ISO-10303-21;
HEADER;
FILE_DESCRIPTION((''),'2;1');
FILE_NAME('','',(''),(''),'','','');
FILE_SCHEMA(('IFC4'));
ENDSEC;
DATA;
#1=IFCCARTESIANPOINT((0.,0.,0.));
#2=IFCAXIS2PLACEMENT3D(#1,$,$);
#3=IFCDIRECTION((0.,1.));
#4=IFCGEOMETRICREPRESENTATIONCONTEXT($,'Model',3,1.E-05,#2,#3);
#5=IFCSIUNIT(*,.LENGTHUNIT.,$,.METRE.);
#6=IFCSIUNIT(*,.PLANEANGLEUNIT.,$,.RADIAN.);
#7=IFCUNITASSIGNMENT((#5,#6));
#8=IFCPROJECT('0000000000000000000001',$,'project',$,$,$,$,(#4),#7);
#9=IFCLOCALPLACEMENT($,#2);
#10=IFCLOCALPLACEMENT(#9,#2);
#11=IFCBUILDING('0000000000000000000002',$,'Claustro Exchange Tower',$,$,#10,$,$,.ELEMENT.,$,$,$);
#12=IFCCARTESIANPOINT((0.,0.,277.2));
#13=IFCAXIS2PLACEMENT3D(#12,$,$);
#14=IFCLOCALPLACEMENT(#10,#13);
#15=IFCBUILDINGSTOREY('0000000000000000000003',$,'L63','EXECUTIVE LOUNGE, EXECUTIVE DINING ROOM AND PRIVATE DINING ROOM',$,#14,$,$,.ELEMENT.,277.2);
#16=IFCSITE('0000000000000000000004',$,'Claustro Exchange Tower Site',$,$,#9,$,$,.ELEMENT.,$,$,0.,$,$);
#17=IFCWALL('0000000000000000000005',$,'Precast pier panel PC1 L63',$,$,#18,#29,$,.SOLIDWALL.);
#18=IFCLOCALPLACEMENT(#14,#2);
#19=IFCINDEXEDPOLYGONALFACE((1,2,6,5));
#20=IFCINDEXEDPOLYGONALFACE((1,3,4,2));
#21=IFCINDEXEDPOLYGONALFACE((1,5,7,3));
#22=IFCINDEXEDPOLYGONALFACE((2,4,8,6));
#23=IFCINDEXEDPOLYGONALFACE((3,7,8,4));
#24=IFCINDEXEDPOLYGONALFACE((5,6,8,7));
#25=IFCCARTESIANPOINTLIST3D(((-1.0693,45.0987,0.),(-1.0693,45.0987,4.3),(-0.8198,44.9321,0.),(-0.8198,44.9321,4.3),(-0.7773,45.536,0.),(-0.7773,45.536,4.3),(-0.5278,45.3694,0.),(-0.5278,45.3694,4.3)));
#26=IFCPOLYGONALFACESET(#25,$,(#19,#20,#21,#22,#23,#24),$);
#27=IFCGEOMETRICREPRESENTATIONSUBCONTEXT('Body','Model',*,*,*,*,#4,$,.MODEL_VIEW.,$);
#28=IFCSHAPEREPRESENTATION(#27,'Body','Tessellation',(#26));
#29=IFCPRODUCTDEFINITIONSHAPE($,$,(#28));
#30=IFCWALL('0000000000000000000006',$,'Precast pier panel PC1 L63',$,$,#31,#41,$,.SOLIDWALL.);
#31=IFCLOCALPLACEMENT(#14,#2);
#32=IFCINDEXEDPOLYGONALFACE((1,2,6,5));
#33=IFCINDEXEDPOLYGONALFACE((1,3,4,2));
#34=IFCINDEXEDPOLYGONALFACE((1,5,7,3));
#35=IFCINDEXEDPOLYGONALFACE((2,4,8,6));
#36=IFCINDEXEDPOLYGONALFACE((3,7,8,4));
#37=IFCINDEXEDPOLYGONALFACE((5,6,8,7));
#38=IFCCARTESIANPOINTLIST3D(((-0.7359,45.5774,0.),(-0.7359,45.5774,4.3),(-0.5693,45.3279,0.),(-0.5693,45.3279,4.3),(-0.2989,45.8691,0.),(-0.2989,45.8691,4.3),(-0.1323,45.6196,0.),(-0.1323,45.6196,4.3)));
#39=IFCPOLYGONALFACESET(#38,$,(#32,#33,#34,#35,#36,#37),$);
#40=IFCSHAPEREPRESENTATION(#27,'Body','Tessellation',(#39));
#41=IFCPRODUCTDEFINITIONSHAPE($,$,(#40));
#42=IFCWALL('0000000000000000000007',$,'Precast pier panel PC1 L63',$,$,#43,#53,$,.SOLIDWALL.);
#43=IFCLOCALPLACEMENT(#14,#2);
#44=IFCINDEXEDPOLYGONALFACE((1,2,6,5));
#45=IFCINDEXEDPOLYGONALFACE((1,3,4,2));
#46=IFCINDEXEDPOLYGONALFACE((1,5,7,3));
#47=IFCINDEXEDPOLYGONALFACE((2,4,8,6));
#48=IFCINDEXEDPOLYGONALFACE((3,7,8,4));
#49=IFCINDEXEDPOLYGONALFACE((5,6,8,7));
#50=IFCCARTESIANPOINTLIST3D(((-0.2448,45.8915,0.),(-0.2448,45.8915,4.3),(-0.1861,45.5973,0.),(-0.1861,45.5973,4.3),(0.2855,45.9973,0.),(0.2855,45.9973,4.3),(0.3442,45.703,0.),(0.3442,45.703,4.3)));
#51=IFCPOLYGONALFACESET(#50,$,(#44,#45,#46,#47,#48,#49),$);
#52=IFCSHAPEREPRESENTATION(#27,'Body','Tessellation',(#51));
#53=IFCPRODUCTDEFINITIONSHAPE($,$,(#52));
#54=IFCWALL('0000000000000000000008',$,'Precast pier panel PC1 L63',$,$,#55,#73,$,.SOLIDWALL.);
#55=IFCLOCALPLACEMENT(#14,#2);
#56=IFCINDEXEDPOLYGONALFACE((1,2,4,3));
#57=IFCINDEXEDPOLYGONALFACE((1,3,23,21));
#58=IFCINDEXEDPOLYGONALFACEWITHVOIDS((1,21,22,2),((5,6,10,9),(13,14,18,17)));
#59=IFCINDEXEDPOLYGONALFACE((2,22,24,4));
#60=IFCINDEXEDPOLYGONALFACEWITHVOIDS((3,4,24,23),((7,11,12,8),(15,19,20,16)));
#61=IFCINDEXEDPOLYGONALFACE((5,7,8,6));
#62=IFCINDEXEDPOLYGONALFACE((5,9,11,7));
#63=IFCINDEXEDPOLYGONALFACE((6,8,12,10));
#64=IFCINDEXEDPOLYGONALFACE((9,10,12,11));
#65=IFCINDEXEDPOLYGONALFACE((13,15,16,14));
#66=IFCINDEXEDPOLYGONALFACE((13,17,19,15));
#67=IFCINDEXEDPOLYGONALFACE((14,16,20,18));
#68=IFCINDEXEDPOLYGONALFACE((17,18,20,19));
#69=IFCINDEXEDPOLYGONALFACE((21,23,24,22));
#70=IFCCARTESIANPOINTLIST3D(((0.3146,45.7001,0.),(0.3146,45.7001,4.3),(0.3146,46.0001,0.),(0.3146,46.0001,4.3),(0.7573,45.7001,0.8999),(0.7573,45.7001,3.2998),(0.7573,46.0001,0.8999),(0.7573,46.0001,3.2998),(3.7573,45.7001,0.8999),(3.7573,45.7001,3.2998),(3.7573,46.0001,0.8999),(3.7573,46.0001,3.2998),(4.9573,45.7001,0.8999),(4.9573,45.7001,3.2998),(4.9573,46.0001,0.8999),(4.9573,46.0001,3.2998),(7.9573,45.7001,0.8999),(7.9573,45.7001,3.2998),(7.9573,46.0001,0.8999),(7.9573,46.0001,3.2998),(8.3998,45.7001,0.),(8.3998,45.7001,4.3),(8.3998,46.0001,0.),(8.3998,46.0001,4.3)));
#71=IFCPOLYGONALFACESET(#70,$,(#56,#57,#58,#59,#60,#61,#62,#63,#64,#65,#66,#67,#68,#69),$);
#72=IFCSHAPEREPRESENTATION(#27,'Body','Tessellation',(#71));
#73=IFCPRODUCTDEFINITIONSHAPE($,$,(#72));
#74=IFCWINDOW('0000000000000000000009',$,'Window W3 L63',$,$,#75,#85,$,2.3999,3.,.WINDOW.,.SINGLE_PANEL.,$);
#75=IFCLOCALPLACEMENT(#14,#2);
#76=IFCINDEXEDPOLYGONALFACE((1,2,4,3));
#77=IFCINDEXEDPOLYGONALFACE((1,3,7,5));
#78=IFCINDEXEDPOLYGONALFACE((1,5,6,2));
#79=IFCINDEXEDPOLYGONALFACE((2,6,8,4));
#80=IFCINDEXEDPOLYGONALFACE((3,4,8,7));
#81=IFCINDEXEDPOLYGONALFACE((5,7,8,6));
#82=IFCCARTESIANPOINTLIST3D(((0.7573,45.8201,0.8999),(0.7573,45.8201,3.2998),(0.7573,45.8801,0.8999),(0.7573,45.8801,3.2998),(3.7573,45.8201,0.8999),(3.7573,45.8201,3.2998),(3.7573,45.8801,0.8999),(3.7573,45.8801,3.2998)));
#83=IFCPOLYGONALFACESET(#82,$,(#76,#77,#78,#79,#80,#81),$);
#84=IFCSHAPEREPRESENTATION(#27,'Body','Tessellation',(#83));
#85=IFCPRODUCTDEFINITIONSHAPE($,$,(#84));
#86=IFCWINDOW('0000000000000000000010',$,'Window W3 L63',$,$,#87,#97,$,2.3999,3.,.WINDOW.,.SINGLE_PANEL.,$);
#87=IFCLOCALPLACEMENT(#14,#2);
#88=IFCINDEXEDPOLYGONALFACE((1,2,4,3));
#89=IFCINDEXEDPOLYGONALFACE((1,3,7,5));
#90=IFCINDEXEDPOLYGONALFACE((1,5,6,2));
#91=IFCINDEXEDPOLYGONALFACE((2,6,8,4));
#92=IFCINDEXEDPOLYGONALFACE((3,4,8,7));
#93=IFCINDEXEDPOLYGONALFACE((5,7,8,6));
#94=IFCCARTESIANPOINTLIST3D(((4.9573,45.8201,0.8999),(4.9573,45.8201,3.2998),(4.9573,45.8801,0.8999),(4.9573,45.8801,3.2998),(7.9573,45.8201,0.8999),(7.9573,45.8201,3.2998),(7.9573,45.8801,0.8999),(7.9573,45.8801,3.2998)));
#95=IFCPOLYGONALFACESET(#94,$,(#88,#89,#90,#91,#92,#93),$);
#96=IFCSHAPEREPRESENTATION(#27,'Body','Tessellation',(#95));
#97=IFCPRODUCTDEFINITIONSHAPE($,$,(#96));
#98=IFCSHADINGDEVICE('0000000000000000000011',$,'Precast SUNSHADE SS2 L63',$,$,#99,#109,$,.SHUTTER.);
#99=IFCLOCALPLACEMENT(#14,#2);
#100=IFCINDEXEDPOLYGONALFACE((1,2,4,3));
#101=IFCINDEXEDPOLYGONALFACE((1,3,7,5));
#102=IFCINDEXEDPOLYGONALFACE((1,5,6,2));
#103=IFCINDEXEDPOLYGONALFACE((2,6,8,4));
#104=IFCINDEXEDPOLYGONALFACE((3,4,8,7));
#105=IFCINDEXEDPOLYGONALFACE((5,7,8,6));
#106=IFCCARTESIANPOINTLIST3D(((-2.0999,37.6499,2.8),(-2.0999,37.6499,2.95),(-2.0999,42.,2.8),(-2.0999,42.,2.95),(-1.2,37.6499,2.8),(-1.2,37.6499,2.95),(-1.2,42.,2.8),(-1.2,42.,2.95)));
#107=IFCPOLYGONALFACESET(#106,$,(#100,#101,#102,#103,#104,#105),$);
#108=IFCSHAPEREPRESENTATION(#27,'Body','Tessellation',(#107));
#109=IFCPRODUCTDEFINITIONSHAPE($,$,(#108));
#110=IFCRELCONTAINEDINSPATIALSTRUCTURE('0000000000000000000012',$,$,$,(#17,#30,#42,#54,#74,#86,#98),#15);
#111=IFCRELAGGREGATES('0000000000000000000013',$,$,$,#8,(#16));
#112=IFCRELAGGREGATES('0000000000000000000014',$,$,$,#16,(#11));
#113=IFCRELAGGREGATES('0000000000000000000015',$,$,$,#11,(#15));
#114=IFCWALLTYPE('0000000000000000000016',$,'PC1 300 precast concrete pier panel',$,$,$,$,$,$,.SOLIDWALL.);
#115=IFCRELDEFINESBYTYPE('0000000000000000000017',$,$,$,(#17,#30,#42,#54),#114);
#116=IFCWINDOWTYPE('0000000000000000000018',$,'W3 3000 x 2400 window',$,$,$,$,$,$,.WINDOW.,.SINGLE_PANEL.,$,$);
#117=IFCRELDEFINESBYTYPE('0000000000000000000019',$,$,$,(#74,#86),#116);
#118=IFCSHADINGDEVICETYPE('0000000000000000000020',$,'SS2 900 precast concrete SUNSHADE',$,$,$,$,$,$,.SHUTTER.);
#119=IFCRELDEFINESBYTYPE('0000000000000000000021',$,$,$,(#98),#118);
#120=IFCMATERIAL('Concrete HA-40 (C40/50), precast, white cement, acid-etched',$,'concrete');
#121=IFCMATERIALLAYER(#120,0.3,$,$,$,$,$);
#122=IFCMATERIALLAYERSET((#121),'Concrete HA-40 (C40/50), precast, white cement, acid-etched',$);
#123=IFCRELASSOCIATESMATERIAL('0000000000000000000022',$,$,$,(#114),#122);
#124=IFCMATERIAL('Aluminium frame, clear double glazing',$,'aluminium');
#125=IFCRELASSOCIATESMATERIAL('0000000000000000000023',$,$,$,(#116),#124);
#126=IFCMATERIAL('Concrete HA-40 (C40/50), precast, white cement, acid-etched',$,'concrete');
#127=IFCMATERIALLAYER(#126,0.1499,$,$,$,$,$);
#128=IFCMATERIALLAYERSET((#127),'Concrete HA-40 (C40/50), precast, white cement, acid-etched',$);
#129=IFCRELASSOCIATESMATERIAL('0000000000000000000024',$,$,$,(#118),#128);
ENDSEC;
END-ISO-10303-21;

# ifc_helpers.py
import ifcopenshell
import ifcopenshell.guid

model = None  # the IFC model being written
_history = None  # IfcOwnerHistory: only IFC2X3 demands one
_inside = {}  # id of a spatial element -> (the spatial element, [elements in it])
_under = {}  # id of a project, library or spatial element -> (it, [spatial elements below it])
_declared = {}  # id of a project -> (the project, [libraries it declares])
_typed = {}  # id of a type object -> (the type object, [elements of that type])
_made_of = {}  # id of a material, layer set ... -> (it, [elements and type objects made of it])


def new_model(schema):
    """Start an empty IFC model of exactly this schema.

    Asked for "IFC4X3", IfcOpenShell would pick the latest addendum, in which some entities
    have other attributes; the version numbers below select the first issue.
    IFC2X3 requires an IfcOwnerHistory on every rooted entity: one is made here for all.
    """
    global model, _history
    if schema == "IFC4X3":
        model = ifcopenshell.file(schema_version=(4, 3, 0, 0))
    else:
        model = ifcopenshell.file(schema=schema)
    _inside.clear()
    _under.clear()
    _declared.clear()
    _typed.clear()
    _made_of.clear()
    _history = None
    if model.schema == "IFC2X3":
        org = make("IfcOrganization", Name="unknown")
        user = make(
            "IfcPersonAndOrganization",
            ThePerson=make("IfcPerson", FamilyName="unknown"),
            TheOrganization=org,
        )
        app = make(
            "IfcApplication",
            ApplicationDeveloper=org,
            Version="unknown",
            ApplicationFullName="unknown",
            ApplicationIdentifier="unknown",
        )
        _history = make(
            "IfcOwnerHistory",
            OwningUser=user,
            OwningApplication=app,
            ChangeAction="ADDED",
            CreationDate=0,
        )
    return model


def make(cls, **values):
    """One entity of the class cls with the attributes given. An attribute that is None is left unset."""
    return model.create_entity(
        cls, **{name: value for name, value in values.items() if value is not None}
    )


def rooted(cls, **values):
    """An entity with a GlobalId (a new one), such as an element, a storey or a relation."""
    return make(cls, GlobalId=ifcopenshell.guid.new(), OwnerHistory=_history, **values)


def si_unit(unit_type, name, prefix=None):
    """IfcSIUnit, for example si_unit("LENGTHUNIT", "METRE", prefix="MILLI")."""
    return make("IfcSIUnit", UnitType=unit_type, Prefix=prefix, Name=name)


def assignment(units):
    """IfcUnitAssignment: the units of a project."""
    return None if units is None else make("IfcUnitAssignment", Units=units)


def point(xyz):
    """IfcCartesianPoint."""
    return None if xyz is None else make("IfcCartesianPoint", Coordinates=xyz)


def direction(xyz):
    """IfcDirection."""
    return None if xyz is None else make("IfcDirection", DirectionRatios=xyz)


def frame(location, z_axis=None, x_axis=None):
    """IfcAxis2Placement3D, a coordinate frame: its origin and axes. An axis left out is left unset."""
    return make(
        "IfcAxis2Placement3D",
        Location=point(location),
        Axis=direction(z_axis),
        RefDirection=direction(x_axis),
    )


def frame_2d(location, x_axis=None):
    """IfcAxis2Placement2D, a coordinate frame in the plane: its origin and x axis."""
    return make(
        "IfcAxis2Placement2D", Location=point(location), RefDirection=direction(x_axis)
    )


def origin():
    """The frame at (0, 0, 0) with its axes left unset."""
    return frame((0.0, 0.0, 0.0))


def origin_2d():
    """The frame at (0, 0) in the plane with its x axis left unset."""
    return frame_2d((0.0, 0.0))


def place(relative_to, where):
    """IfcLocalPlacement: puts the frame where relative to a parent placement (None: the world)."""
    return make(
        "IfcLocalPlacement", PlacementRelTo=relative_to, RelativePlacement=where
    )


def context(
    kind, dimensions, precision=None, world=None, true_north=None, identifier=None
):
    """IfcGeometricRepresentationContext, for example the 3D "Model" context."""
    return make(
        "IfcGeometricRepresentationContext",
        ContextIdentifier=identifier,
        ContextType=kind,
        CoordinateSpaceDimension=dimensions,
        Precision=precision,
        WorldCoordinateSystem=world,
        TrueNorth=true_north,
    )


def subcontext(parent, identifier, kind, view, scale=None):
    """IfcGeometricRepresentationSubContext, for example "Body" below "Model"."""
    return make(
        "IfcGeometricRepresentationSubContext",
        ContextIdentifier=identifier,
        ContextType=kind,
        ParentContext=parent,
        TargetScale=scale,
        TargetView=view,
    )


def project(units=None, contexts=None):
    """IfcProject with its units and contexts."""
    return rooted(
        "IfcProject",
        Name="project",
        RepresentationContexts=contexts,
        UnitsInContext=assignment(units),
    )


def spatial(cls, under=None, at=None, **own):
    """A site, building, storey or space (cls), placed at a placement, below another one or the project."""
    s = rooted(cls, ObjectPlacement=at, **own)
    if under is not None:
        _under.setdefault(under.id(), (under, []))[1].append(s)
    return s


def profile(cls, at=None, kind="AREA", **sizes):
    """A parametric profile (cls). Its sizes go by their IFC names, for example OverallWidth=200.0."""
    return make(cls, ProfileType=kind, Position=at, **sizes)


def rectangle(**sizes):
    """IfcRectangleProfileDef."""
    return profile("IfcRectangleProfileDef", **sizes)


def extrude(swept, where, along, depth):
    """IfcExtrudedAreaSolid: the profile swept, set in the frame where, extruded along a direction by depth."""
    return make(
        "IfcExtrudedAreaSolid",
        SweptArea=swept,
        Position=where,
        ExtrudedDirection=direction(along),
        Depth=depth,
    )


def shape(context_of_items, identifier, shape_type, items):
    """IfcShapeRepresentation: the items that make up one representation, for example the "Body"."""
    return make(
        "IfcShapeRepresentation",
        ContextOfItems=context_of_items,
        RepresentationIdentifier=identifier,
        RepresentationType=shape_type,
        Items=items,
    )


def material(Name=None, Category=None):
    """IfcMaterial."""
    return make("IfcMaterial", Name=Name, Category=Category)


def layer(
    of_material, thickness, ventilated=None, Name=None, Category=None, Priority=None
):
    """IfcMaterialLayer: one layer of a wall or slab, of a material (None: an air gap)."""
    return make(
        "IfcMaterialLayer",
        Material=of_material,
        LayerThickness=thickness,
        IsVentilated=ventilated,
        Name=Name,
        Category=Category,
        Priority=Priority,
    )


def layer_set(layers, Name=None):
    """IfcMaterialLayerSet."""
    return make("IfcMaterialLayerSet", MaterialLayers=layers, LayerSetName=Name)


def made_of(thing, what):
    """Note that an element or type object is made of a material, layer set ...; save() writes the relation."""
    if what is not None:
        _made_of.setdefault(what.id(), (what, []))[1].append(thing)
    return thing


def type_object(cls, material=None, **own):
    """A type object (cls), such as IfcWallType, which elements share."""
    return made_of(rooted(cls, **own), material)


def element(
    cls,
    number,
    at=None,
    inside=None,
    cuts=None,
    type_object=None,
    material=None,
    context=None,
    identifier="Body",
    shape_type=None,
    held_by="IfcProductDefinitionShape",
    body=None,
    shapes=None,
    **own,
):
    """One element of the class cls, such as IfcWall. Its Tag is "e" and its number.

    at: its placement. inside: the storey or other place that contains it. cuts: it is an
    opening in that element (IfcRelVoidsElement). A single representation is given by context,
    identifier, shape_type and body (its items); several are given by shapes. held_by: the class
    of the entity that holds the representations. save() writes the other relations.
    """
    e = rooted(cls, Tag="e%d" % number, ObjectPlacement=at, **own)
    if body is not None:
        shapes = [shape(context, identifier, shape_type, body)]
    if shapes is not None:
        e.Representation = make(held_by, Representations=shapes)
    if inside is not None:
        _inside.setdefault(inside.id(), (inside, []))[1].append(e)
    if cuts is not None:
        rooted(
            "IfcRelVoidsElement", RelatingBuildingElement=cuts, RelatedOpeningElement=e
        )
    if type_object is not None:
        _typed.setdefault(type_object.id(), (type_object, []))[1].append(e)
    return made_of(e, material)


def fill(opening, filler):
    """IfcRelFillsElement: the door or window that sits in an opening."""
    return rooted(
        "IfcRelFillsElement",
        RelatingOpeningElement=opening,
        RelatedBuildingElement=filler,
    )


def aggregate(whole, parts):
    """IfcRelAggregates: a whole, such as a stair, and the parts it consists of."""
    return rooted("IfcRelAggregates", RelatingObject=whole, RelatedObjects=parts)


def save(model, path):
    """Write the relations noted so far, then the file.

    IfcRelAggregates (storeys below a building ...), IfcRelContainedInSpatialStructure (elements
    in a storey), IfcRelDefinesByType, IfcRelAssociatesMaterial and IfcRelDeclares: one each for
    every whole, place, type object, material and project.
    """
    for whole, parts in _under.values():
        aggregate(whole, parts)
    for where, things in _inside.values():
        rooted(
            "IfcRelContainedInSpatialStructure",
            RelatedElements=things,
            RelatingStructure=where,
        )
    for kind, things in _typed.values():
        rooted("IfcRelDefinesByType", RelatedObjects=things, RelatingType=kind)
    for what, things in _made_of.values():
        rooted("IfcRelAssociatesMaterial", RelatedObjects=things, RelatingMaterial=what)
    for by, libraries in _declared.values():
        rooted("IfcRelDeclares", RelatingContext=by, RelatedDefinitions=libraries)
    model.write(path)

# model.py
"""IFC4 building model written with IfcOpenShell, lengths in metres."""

from ifc_helpers import new_model, si_unit, direction, frame, frame_2d, origin, origin_2d, place, context, subcontext, project, spatial, rectangle, extrude, material, layer, layer_set, type_object, element, fill, save


model = new_model("IFC4")

# Units and contexts
model_context = context("Model", 3, precision=1e-05, world=origin(), true_north=direction((0.0, 1.0)))
body_context = subcontext(model_context, "Body", "Model", "MODEL_VIEW")
ifc_project = project(units=[si_unit("LENGTHUNIT", "METRE"), si_unit("PLANEANGLEUNIT", "RADIAN")], contexts=[model_context])

# Site, building, storey
site_placement = place(None, origin())
site = spatial("IfcSite", under=ifc_project, at=site_placement, Name="Claustro Exchange Tower Site", CompositionType="ELEMENT", RefElevation=0.0)
building_placement = place(site_placement, origin())
building = spatial("IfcBuilding", under=site, at=building_placement, Name="Claustro Exchange Tower", CompositionType="ELEMENT")
storey_placement = place(building_placement, frame((0.0, 0.0, 277.2)))
storey = spatial("IfcBuildingStorey", under=building, at=storey_placement, Name="L63", Description="EXECUTIVE LOUNGE, EXECUTIVE DINING ROOM AND PRIVATE DINING ROOM", CompositionType="ELEMENT", Elevation=277.2)

# Walls
ifc_material_1 = material(Name="Concrete HA-40 (C40/50), precast, white cement, acid-etched", Category="concrete")
ifc_layer_1 = layer(ifc_material_1, 0.3)
ifc_layer_set_1 = layer_set([ifc_layer_1], Name="Concrete HA-40 (C40/50), precast, white cement, acid-etched")
wall_type_1 = type_object("IfcWallType", Name="PC1 300 precast concrete pier panel", PredefinedType="SOLIDWALL", material=ifc_layer_set_1)
wall_1_placement = place(storey_placement, frame((-0.9446, 45.0154, 0.0), z_axis=(0.0, 0.0, 1.0), x_axis=(0.555343, 0.831621, 0.0)))
element("IfcWall", 1, at=wall_1_placement, inside=storey, type_object=wall_type_1, Name="Precast pier panel PC1 L63", PredefinedType="SOLIDWALL", context=body_context, shape_type="SweptSolid", body=[
    extrude(rectangle(XDim=0.5259, YDim=0.3, at=frame_2d((0.2629, 0.0))), origin(), (0.0, 0.0, 1.0), 4.3),
])
wall_2_placement = place(storey_placement, frame((-0.6526, 45.4526, 0.0), z_axis=(0.0, 0.0, 1.0), x_axis=(0.831693, 0.555236, 0.0)))
element("IfcWall", 2, at=wall_2_placement, inside=storey, type_object=wall_type_1, Name="Precast pier panel PC1 L63", PredefinedType="SOLIDWALL", context=body_context, shape_type="SweptSolid", body=[
    extrude(rectangle(XDim=0.5254, YDim=0.3, at=frame_2d((0.2627, 0.0))), origin(), (0.0, 0.0, 1.0), 4.3),
])
wall_3_placement = place(storey_placement, frame((-0.2156, 45.7444, 0.0), z_axis=(0.0, 0.0, 1.0), x_axis=(0.980702, 0.195508, 0.0)))
element("IfcWall", 3, at=wall_3_placement, inside=storey, type_object=wall_type_1, Name="Precast pier panel PC1 L63", PredefinedType="SOLIDWALL", context=body_context, shape_type="SweptSolid", body=[
    extrude(rectangle(XDim=0.5408, YDim=0.3, at=frame_2d((0.2705, 0.0))), origin(), (0.0, 0.0, 1.0), 4.3),
])

# Wall, openings, windows
wall_4_placement = place(storey_placement, frame((0.3147, 45.8501, 0.0), z_axis=(0.0, 0.0, 1.0), x_axis=(1.0, 0.0, 0.0)))
wall_4 = element("IfcWall", 4, at=wall_4_placement, inside=storey, type_object=wall_type_1, Name="Precast pier panel PC1 L63", PredefinedType="SOLIDWALL", context=body_context, shape_type="SweptSolid", body=[
    extrude(rectangle(XDim=8.0852, YDim=0.3, at=frame_2d((4.0425, 0.0))), origin(), (0.0, 0.0, 1.0), 4.3),
])
opening_1_placement = place(wall_4_placement, frame((0.4426, 0.0, 0.8999)))
opening_1 = element("IfcOpeningElement", 5, at=opening_1_placement, cuts=wall_4, PredefinedType="OPENING", context=body_context, shape_type="SweptSolid", body=[
    extrude(rectangle(XDim=3.0, YDim=2.3999, at=frame_2d((1.5, 1.2))), frame((0.0, 0.1599, 0.0), z_axis=(0.0, -1.0, 0.0), x_axis=(1.0, 0.0, 0.0)), (0.0, 0.0, 1.0), 0.3201),
])
opening_2_placement = place(wall_4_placement, frame((4.6426, 0.0, 0.8999)))
opening_2 = element("IfcOpeningElement", 6, at=opening_2_placement, cuts=wall_4, PredefinedType="OPENING", context=body_context, shape_type="SweptSolid", body=[
    extrude(rectangle(XDim=3.0, YDim=2.3999, at=frame_2d((1.5, 1.2))), frame((0.0, 0.1599, 0.0), z_axis=(0.0, -1.0, 0.0), x_axis=(1.0, 0.0, 0.0)), (0.0, 0.0, 1.0), 0.3201),
])
ifc_material_2 = material(Name="Aluminium frame, clear double glazing", Category="aluminium")
window_type = type_object("IfcWindowType", Name="W3 3000 x 2400 window", PartitioningType="SINGLE_PANEL", PredefinedType="WINDOW", material=ifc_material_2)
window_1_placement = place(opening_1_placement, origin())
window_1 = element("IfcWindow", 7, at=window_1_placement, inside=storey, type_object=window_type, Name="Window W3 L63", OverallHeight=2.3999, OverallWidth=3.0, PartitioningType="SINGLE_PANEL", PredefinedType="WINDOW", context=body_context, shape_type="SweptSolid", body=[
    extrude(rectangle(XDim=3.0, YDim=2.3999, at=frame_2d((1.5, 1.2))), frame((0.0, 0.03, 0.0), z_axis=(0.0, -1.0, 0.0), x_axis=(1.0, 0.0, 0.0)), (0.0, 0.0, 1.0), 0.0601),
])
fill(opening_1, window_1)
window_2_placement = place(opening_2_placement, origin())
window_2 = element("IfcWindow", 8, at=window_2_placement, inside=storey, type_object=window_type, Name="Window W3 L63", OverallHeight=2.3999, OverallWidth=3.0, PartitioningType="SINGLE_PANEL", PredefinedType="WINDOW", context=body_context, shape_type="SweptSolid", body=[
    extrude(rectangle(XDim=3.0, YDim=2.3999, at=frame_2d((1.5, 1.2))), frame((0.0, 0.03, 0.0), z_axis=(0.0, -1.0, 0.0), x_axis=(1.0, 0.0, 0.0)), (0.0, 0.0, 1.0), 0.0601),
])
fill(opening_2, window_2)

# Shading device
ifc_material_3 = material(Name="Concrete HA-40 (C40/50), precast, white cement, acid-etched", Category="concrete")
ifc_layer_2 = layer(ifc_material_3, 0.1499)
ifc_layer_set_2 = layer_set([ifc_layer_2], Name="Concrete HA-40 (C40/50), precast, white cement, acid-etched")
shading_device_type = type_object("IfcShadingDeviceType", Name="SS2 900 precast concrete SUNSHADE", PredefinedType="SHUTTER", material=ifc_layer_set_2)
shading_device_placement = place(storey_placement, frame((-1.6499, 39.825, 2.8), z_axis=(0.0, 0.0, 1.0), x_axis=(0.0, 1.0, 0.0)))
element("IfcShadingDevice", 9, at=shading_device_placement, inside=storey, type_object=shading_device_type, Name="Precast SUNSHADE SS2 L63", PredefinedType="SHUTTER", context=body_context, shape_type="SweptSolid", body=[
    extrude(rectangle(XDim=4.3501, YDim=0.8999, at=origin_2d()), origin(), (0.0, 0.0, 1.0), 0.1499),
])

save(model, "model.ifc")
